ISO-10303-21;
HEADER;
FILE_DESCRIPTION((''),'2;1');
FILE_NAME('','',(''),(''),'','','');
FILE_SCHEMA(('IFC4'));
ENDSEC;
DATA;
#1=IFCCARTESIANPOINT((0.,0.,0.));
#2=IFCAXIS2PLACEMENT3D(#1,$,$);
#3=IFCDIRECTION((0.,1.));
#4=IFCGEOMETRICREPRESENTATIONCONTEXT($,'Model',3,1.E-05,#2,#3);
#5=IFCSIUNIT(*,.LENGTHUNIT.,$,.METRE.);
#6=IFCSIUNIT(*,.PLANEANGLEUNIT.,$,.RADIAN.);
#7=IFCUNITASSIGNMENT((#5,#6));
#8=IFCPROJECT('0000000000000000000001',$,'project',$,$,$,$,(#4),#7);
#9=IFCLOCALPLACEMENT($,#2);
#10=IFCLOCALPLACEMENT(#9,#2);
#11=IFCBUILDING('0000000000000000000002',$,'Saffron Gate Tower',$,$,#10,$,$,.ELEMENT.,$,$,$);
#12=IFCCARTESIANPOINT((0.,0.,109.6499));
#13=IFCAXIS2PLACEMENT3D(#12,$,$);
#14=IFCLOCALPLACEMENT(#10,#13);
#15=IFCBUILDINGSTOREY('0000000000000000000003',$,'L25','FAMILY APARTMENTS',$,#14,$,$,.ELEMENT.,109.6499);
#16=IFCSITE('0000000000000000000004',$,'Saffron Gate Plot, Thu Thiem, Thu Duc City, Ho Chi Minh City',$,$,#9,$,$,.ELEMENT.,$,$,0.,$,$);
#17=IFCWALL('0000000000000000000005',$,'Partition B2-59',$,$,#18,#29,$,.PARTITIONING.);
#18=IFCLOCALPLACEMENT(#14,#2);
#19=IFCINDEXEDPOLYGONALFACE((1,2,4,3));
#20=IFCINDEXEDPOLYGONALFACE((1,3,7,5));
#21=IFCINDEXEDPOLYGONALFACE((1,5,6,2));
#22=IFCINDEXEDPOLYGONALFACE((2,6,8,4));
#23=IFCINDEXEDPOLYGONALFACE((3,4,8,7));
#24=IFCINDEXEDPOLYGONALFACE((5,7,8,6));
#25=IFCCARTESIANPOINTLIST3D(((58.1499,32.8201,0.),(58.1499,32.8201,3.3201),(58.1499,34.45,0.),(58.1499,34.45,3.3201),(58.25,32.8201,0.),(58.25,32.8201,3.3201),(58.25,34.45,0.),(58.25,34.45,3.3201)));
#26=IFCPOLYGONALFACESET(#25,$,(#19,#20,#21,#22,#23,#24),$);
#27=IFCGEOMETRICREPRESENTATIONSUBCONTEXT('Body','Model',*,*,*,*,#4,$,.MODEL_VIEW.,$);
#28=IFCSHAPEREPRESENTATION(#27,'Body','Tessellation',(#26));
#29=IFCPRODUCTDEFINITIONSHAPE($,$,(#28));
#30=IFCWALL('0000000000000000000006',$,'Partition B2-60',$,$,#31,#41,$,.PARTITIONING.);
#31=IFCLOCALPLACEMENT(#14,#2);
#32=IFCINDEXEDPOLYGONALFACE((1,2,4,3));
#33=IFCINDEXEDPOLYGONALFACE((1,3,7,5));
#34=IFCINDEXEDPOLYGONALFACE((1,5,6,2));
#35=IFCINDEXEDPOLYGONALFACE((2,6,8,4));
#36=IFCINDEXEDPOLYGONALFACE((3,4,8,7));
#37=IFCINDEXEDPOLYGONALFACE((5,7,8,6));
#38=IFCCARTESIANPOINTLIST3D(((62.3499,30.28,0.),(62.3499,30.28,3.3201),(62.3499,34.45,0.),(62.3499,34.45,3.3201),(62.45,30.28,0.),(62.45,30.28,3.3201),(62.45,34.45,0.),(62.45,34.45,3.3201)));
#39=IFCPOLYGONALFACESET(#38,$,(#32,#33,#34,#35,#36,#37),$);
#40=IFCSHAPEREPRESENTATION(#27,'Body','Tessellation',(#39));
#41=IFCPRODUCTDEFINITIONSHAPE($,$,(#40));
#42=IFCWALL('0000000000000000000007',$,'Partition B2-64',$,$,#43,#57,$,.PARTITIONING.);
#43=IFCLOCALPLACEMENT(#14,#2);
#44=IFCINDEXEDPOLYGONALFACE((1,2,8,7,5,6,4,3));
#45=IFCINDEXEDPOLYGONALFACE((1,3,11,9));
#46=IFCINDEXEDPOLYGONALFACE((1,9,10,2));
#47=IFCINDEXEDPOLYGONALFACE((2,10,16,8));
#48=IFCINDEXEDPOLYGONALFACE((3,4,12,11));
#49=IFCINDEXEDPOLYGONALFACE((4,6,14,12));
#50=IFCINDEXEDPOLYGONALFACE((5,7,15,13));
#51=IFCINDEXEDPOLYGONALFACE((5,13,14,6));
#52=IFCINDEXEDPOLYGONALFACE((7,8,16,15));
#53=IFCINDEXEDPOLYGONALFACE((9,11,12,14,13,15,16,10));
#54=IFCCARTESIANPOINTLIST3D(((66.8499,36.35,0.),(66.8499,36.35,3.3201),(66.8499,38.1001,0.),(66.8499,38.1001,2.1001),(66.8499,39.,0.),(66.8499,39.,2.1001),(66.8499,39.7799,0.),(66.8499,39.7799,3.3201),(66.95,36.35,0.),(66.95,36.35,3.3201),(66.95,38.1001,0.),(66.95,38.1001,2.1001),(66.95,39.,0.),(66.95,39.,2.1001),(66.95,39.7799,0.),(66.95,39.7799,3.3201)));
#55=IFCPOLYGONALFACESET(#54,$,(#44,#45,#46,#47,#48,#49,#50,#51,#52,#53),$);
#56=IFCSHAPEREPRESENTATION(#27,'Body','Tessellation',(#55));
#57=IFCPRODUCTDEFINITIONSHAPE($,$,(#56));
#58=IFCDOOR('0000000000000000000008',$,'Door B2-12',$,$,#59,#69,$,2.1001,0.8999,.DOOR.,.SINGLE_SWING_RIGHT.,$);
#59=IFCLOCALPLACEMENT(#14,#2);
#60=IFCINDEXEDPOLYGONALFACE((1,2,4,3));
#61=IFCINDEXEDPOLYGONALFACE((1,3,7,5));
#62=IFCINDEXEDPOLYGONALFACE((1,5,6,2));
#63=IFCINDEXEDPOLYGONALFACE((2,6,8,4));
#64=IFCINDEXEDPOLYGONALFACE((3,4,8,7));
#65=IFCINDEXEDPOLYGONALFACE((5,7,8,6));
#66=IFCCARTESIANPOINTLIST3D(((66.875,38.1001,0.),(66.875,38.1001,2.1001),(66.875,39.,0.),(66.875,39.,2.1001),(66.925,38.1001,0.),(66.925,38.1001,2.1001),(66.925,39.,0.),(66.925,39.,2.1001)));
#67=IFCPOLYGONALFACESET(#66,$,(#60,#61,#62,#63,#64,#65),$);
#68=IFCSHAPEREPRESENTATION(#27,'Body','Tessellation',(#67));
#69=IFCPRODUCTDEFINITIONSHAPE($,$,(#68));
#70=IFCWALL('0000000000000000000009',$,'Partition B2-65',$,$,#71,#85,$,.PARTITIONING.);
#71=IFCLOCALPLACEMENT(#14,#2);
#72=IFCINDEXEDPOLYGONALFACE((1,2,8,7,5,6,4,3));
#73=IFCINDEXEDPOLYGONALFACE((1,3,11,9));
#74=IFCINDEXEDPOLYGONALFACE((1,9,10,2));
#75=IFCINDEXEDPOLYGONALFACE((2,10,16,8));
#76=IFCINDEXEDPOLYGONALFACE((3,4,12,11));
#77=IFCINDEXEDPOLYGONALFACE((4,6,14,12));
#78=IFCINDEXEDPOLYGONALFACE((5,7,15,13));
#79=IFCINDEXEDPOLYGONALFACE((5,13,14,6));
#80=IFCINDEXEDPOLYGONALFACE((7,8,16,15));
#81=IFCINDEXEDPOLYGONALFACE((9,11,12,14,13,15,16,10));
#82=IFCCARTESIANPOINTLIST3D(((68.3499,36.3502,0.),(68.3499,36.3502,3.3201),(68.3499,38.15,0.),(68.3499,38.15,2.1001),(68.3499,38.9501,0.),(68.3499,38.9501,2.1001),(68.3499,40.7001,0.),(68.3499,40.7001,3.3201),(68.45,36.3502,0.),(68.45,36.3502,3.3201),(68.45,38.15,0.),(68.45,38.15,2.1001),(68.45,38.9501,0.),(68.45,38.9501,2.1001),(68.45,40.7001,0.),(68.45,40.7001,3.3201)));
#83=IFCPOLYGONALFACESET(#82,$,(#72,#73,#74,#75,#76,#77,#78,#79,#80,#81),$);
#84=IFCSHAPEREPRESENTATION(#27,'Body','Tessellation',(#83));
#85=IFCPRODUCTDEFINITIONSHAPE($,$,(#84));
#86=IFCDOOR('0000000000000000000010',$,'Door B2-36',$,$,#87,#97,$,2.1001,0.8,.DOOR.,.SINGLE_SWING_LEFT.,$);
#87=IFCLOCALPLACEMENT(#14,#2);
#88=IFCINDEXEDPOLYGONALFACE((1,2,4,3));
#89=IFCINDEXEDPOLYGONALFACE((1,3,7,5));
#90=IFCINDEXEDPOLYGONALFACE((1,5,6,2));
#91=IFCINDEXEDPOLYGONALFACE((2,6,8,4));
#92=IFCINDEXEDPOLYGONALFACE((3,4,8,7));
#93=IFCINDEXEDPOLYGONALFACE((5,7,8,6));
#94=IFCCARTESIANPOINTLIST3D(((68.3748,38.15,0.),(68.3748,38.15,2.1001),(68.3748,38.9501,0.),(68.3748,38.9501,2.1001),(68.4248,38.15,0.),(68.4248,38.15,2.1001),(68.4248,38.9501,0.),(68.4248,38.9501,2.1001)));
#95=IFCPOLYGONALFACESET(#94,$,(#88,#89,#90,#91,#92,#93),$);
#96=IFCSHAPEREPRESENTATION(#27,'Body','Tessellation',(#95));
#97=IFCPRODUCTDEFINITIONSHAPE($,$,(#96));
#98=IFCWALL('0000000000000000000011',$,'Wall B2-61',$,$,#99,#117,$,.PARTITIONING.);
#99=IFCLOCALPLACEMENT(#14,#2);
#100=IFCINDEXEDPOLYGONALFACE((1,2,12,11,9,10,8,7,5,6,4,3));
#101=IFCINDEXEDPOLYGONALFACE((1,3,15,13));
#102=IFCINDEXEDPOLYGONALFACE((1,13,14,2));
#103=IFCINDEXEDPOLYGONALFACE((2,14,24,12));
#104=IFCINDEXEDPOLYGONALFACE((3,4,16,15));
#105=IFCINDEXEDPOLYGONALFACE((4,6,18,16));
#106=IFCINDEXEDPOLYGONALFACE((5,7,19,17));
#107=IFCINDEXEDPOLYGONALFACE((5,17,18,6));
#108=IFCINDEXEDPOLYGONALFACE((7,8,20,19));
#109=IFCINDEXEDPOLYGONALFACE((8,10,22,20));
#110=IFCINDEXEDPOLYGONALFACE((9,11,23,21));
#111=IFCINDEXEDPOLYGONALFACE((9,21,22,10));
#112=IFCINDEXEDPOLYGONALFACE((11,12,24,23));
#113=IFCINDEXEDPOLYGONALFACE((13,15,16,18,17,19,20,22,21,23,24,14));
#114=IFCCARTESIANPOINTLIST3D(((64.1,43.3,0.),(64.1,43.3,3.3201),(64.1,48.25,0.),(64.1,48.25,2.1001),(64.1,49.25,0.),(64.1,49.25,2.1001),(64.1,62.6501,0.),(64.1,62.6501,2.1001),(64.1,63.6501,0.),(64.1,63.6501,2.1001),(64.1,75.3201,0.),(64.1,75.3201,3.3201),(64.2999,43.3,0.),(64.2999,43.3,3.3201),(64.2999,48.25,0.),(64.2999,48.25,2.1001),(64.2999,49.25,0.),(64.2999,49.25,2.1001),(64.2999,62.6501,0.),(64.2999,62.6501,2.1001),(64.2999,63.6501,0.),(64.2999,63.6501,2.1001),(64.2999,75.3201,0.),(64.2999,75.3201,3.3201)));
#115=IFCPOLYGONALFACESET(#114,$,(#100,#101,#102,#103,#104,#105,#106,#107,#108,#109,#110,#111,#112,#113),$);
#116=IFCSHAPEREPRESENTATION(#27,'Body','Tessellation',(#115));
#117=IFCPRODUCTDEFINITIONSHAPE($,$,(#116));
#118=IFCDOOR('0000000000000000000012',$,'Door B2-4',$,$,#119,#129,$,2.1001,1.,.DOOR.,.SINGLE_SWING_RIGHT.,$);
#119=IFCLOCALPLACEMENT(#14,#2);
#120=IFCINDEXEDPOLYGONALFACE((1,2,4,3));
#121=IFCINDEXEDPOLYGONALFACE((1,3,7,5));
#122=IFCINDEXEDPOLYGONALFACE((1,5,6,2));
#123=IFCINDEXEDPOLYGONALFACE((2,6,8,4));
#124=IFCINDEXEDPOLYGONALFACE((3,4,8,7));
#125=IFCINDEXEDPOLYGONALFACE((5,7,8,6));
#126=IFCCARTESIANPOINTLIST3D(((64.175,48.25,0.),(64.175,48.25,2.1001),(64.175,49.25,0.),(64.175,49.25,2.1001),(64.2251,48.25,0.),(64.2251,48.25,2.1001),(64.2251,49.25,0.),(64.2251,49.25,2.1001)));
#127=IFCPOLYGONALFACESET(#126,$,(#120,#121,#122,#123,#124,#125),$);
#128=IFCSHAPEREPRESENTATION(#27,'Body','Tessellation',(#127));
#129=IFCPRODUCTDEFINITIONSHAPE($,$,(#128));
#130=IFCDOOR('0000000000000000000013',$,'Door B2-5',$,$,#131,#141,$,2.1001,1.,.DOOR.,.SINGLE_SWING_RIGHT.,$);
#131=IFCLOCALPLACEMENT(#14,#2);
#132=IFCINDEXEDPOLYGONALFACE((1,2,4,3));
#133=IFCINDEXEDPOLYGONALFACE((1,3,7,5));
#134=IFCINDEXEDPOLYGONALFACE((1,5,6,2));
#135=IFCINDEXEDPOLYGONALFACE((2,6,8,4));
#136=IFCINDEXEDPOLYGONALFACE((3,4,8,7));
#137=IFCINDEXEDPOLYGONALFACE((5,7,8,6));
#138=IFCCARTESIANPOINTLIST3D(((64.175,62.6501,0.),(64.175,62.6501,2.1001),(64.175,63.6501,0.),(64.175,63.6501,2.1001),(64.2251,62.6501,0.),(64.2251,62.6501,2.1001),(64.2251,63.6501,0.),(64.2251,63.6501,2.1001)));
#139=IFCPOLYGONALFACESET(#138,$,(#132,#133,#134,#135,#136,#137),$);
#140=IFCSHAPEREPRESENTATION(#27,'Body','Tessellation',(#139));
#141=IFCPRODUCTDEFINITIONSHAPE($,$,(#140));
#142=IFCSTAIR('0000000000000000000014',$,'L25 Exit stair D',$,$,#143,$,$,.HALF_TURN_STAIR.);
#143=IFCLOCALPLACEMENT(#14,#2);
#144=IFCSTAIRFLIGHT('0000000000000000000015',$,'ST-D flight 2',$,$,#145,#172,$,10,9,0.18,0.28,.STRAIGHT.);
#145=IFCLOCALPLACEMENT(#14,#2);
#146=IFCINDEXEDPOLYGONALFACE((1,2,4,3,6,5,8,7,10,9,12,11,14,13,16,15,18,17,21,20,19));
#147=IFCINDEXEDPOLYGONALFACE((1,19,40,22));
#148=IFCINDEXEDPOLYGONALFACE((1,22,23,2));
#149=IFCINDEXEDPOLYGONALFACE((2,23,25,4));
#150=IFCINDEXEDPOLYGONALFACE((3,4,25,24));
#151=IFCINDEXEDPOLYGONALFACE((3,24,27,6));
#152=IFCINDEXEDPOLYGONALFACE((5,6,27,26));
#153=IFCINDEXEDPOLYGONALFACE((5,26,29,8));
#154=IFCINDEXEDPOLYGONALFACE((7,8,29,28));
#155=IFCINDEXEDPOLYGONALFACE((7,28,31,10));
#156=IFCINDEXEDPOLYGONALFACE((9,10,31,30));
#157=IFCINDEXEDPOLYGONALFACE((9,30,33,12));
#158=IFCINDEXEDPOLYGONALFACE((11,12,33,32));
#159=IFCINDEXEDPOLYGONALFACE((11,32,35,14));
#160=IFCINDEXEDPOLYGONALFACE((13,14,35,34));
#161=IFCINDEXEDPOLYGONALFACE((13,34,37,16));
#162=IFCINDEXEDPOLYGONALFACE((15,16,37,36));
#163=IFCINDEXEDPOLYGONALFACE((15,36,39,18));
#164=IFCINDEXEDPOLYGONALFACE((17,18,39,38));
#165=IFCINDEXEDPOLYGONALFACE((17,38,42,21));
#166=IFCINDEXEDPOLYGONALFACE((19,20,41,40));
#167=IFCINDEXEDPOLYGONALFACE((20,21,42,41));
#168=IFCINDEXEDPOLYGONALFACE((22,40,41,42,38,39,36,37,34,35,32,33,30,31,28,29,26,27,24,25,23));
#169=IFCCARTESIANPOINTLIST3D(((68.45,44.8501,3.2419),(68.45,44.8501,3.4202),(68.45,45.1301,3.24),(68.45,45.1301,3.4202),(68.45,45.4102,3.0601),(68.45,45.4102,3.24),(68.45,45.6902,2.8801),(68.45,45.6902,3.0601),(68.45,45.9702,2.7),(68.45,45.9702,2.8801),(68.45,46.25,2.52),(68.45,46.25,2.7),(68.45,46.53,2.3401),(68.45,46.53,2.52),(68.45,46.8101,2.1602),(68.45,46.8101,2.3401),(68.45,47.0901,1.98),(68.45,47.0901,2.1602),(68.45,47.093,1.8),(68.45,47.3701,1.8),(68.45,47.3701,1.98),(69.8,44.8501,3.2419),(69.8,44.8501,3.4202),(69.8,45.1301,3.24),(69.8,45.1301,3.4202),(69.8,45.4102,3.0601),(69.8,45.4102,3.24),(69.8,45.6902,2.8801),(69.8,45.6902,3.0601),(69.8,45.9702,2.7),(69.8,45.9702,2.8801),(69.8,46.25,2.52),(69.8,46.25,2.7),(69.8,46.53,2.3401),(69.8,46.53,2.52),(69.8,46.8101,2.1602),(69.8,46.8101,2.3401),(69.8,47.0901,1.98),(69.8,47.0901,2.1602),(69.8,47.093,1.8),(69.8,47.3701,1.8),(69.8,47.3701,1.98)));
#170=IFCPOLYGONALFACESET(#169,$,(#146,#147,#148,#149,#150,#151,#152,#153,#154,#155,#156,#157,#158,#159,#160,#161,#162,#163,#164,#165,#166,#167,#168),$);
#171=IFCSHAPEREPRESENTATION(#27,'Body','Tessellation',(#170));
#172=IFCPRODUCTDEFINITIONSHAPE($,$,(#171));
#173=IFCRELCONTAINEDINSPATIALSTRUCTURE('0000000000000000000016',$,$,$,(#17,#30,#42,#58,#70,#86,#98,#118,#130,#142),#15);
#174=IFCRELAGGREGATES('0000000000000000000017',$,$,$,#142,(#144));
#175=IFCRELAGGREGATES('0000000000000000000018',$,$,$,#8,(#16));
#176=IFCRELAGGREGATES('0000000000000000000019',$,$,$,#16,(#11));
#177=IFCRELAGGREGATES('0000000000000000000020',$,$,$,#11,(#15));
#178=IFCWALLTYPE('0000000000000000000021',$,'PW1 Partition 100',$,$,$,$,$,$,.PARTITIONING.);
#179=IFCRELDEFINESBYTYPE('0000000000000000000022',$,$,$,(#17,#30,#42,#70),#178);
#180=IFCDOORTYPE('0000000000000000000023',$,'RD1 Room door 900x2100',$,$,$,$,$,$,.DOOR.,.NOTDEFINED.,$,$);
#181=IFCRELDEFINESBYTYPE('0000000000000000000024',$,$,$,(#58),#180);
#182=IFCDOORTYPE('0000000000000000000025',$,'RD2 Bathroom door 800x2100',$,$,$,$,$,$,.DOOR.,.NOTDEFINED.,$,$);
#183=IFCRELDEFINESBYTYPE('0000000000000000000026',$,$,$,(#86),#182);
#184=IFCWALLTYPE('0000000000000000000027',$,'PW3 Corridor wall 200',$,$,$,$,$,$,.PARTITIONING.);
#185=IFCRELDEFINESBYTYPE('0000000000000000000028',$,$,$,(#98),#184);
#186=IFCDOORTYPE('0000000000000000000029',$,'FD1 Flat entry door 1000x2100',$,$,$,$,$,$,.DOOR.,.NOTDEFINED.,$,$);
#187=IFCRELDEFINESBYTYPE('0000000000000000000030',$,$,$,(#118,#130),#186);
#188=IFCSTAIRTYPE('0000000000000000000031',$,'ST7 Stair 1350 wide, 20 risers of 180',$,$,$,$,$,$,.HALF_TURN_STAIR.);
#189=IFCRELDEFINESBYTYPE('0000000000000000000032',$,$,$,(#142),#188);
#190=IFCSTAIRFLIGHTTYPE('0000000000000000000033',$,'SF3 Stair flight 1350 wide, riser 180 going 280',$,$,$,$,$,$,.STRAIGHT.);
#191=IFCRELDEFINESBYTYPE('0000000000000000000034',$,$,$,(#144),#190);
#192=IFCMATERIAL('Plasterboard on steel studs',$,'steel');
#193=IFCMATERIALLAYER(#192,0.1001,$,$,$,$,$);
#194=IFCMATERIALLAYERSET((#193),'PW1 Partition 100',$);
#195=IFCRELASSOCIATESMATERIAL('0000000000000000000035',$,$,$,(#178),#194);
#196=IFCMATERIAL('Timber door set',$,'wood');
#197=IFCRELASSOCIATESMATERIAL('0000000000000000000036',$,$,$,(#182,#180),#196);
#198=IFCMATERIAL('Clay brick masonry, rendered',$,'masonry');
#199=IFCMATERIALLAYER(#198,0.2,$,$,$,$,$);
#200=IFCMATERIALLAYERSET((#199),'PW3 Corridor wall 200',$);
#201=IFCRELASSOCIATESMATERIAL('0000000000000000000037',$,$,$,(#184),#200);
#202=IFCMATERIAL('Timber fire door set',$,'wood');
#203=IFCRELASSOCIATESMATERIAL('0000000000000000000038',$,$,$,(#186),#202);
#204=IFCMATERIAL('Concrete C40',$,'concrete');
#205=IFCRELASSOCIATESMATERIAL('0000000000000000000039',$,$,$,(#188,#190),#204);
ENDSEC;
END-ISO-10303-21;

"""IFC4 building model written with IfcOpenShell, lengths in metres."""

from ifc_helpers import new_model, si_unit, direction, frame, frame_2d, origin, place, context, subcontext, project, spatial, polyline, rectangle, outline, extrude, material, layer, layer_set, type_object, element, fill, aggregate, save


model = new_model("IFC4")

# Units and contexts
model_context = context("Model", 3, precision=1e-05, world=origin(), true_north=direction((0.0, 1.0)))
body_context = subcontext(model_context, "Body", "Model", "MODEL_VIEW")
ifc_project = project(units=[si_unit("LENGTHUNIT", "METRE"), si_unit("PLANEANGLEUNIT", "RADIAN")], contexts=[model_context])

# Site, building, storey
site_placement = place(None, origin())
site = spatial("IfcSite", under=ifc_project, at=site_placement, Name="Saffron Gate Plot, Thu Thiem, Thu Duc City, Ho Chi Minh City", CompositionType="ELEMENT", RefElevation=0.0)
building_placement = place(site_placement, origin())
building = spatial("IfcBuilding", under=site, at=building_placement, Name="Saffron Gate Tower", CompositionType="ELEMENT")
storey_placement = place(building_placement, frame((0.0, 0.0, 109.6499)))
storey = spatial("IfcBuildingStorey", under=building, at=storey_placement, Name="L25", Description="FAMILY APARTMENTS", CompositionType="ELEMENT", Elevation=109.6499)

# Shared definitions
ifc_material_1 = material(Name="Plasterboard on steel studs", Category="steel")
ifc_layer_1 = layer(ifc_material_1, 0.1001)
ifc_layer_set_1 = layer_set([ifc_layer_1], Name="PW1 Partition 100")
wall_type_1 = type_object("IfcWallType", Name="PW1 Partition 100", PredefinedType="PARTITIONING", material=ifc_layer_set_1)

# Shared definitions
ifc_material_2 = material(Name="Timber door set", Category="wood")
door_type_1 = type_object("IfcDoorType", Name="RD2 Bathroom door 800x2100", OperationType="NOTDEFINED", PredefinedType="DOOR", material=ifc_material_2)

# Shared definitions
door_type_2 = type_object("IfcDoorType", Name="RD1 Room door 900x2100", OperationType="NOTDEFINED", PredefinedType="DOOR", material=ifc_material_2)

# Walls
wall_1_placement = place(storey_placement, frame((58.2, 34.45, 0.0), z_axis=(0.0, 0.0, 1.0), x_axis=(0.0, -1.0, 0.0)))
element("IfcWall", 1, at=wall_1_placement, inside=storey, type_object=wall_type_1, Name="Partition B2-59", PredefinedType="PARTITIONING", context=body_context, shape_type="SweptSolid", body=[
    extrude(rectangle(XDim=1.6299, YDim=0.1001, at=frame_2d((0.8149, 0.0))), origin(), (0.0, 0.0, 1.0), 3.3201),
])
wall_2_placement = place(storey_placement, frame((62.3999, 34.45, 0.0), z_axis=(0.0, 0.0, 1.0), x_axis=(0.0, -1.0, 0.0)))
element("IfcWall", 2, at=wall_2_placement, inside=storey, type_object=wall_type_1, Name="Partition B2-60", PredefinedType="PARTITIONING", context=body_context, shape_type="SweptSolid", body=[
    extrude(rectangle(XDim=4.1699, YDim=0.1001, at=frame_2d((2.085, 0.0))), origin(), (0.0, 0.0, 1.0), 3.3201),
])

# Walls, openings, doors
wall_3_placement = place(storey_placement, frame((66.8999, 36.3501, 0.0), z_axis=(0.0, 0.0, 1.0), x_axis=(0.0, 1.0, 0.0)))
wall_3 = element("IfcWall", 3, at=wall_3_placement, inside=storey, type_object=wall_type_1, Name="Partition B2-64", PredefinedType="PARTITIONING", context=body_context, shape_type="SweptSolid", body=[
    extrude(rectangle(XDim=3.4299, YDim=0.1001, at=frame_2d((1.7148, 0.0))), origin(), (0.0, 0.0, 1.0), 3.3201),
])
opening_1_placement = place(wall_3_placement, frame((1.75, 0.0, 0.0)))
opening_1 = element("IfcOpeningElement", 4, at=opening_1_placement, cuts=wall_3, PredefinedType="OPENING", context=body_context, shape_type="SweptSolid", body=[
    extrude(rectangle(XDim=0.8999, YDim=2.1001, at=frame_2d((0.45, 1.05))), frame((0.0, 0.0601, 0.0), z_axis=(0.0, -1.0, 0.0), x_axis=(1.0, 0.0, 0.0)), (0.0, 0.0, 1.0), 0.1201),
])
door_1_placement = place(opening_1_placement, origin())
door_1 = element("IfcDoor", 5, at=door_1_placement, inside=storey, type_object=door_type_2, Name="Door B2-12", OperationType="SINGLE_SWING_RIGHT", OverallHeight=2.1001, OverallWidth=0.8999, PredefinedType="DOOR", context=body_context, shape_type="SweptSolid", body=[
    extrude(rectangle(XDim=0.8999, YDim=2.1001, at=frame_2d((0.45, 1.05))), frame((0.0, 0.0249, 0.0), z_axis=(0.0, -1.0, 0.0), x_axis=(1.0, 0.0, 0.0)), (0.0, 0.0, 1.0), 0.05),
])
fill(opening_1, door_1)
wall_4_placement = place(storey_placement, frame((68.3999, 40.7, 0.0), z_axis=(0.0, 0.0, 1.0), x_axis=(0.0, -1.0, 0.0)))
wall_4 = element("IfcWall", 6, at=wall_4_placement, inside=storey, type_object=wall_type_1, Name="Partition B2-65", PredefinedType="PARTITIONING", context=body_context, shape_type="SweptSolid", body=[
    extrude(rectangle(XDim=4.3499, YDim=0.1001, at=frame_2d((2.1748, 0.0))), origin(), (0.0, 0.0, 1.0), 3.3201),
])
opening_2_placement = place(wall_4_placement, frame((1.75, 0.0, 0.0)))
opening_2 = element("IfcOpeningElement", 7, at=opening_2_placement, cuts=wall_4, PredefinedType="OPENING", context=body_context, shape_type="SweptSolid", body=[
    extrude(rectangle(XDim=0.8, YDim=2.1001, at=frame_2d((0.3999, 1.05))), frame((0.0, 0.0601, 0.0), z_axis=(0.0, -1.0, 0.0), x_axis=(1.0, 0.0, 0.0)), (0.0, 0.0, 1.0), 0.1201),
])
door_2_placement = place(opening_2_placement, origin())
door_2 = element("IfcDoor", 8, at=door_2_placement, inside=storey, type_object=door_type_1, Name="Door B2-36", OperationType="SINGLE_SWING_LEFT", OverallHeight=2.1001, OverallWidth=0.8, PredefinedType="DOOR", context=body_context, shape_type="SweptSolid", body=[
    extrude(rectangle(XDim=0.8, YDim=2.1001, at=frame_2d((0.3999, 1.05))), frame((0.0, 0.0249, 0.0), z_axis=(0.0, -1.0, 0.0), x_axis=(1.0, 0.0, 0.0)), (0.0, 0.0, 1.0), 0.05),
])
fill(opening_2, door_2)

# Wall, openings, doors
ifc_material_3 = material(Name="Clay brick masonry, rendered", Category="masonry")
ifc_layer_2 = layer(ifc_material_3, 0.2)
ifc_layer_set_2 = layer_set([ifc_layer_2], Name="PW3 Corridor wall 200")
wall_type_2 = type_object("IfcWallType", Name="PW3 Corridor wall 200", PredefinedType="PARTITIONING", material=ifc_layer_set_2)
wall_5_placement = place(storey_placement, frame((64.2, 43.3, 0.0), z_axis=(0.0, 0.0, 1.0), x_axis=(0.0, 1.0, 0.0)))
wall_5 = element("IfcWall", 9, at=wall_5_placement, inside=storey, type_object=wall_type_2, Name="Wall B2-61", PredefinedType="PARTITIONING", context=body_context, shape_type="SweptSolid", body=[
    extrude(rectangle(XDim=32.02, YDim=0.2, at=frame_2d((16.01, 0.0))), origin(), (0.0, 0.0, 1.0), 3.3201),
])
opening_3_placement = place(wall_5_placement, frame((4.95, 0.0, 0.0)))
opening_3 = element("IfcOpeningElement", 10, at=opening_3_placement, cuts=wall_5, PredefinedType="OPENING", context=body_context, shape_type="SweptSolid", body=[
    extrude(rectangle(XDim=1.0, YDim=2.1001, at=frame_2d((0.5, 1.05))), frame((0.0, 0.1099, 0.0), z_axis=(0.0, -1.0, 0.0), x_axis=(1.0, 0.0, 0.0)), (0.0, 0.0, 1.0), 0.22),
])
opening_4_placement = place(wall_5_placement, frame((19.3501, 0.0, 0.0)))
opening_4 = element("IfcOpeningElement", 11, at=opening_4_placement, cuts=wall_5, PredefinedType="OPENING", context=body_context, shape_type="SweptSolid", body=[
    extrude(rectangle(XDim=1.0, YDim=2.1001, at=frame_2d((0.5, 1.05))), frame((0.0, 0.1099, 0.0), z_axis=(0.0, -1.0, 0.0), x_axis=(1.0, 0.0, 0.0)), (0.0, 0.0, 1.0), 0.22),
])
ifc_material_4 = material(Name="Timber fire door set", Category="wood")
door_type_3 = type_object("IfcDoorType", Name="FD1 Flat entry door 1000x2100", OperationType="NOTDEFINED", PredefinedType="DOOR", material=ifc_material_4)
door_3_placement = place(opening_3_placement, origin())
door_3 = element("IfcDoor", 12, at=door_3_placement, inside=storey, type_object=door_type_3, Name="Door B2-4", OperationType="SINGLE_SWING_RIGHT", OverallHeight=2.1001, OverallWidth=1.0, PredefinedType="DOOR", context=body_context, shape_type="SweptSolid", body=[
    extrude(rectangle(XDim=1.0, YDim=2.1001, at=frame_2d((0.5, 1.05))), frame((0.0, 0.0249, 0.0), z_axis=(0.0, -1.0, 0.0), x_axis=(1.0, 0.0, 0.0)), (0.0, 0.0, 1.0), 0.05),
])
fill(opening_3, door_3)
door_4_placement = place(opening_4_placement, origin())
door_4 = element("IfcDoor", 13, at=door_4_placement, inside=storey, type_object=door_type_3, Name="Door B2-5", OperationType="SINGLE_SWING_RIGHT", OverallHeight=2.1001, OverallWidth=1.0, PredefinedType="DOOR", context=body_context, shape_type="SweptSolid", body=[
    extrude(rectangle(XDim=1.0, YDim=2.1001, at=frame_2d((0.5, 1.05))), frame((0.0, 0.0249, 0.0), z_axis=(0.0, -1.0, 0.0), x_axis=(1.0, 0.0, 0.0)), (0.0, 0.0, 1.0), 0.05),
])
fill(opening_4, door_4)

# Stair, stair flight
ifc_material_5 = material(Name="Concrete C40", Category="concrete")
stair_type = type_object("IfcStairType", Name="ST7 Stair 1350 wide, 20 risers of 180", PredefinedType="HALF_TURN_STAIR", material=ifc_material_5)
stair_placement = place(storey_placement, origin())
stair = element("IfcStair", 14, at=stair_placement, inside=storey, type_object=stair_type, Name="L25 Exit stair D", PredefinedType="HALF_TURN_STAIR")
stair_flight_type = type_object("IfcStairFlightType", Name="SF3 Stair flight 1350 wide, riser 180 going 280", PredefinedType="STRAIGHT", material=ifc_material_5)
stair_flight_placement = place(storey_placement, frame((69.125, 47.3701, 1.8), z_axis=(0.0, 0.0, 1.0), x_axis=(0.0, -1.0, 0.0)))
stair_flight = element("IfcStairFlight", 15, at=stair_flight_placement, type_object=stair_flight_type, Name="ST-D flight 2", NumberOfRisers=10, NumberOfTreads=9, PredefinedType="STRAIGHT", RiserHeight=0.18, TreadLength=0.28, context=body_context, shape_type="SweptSolid", body=[
    extrude(outline(polyline([(0.0, 0.0), (0.0, 0.1799), (0.28, 0.1799), (0.28, 0.3601), (0.5601, 0.3601), (0.5601, 0.54), (0.8401, 0.54), (0.8401, 0.72), (1.1201, 0.72), (1.1201, 0.8999), (1.3999, 0.8999), (1.3999, 1.0801), (1.6799, 1.0801), (1.6799, 1.26), (1.96, 1.26), (1.96, 1.4399), (2.24, 1.4399), (2.24, 1.6201), (2.52, 1.6201), (2.52, 1.8), (2.52, 1.4419), (0.2771, 0.0), (0.0, 0.0)])), frame((0.0, 0.675, 0.0), z_axis=(0.0, -1.0, 0.0), x_axis=(1.0, 0.0, 0.0)), (0.0, 0.0, 1.0), 1.3501),
])
aggregate(stair, [stair_flight])

save(model, "model.ifc")
